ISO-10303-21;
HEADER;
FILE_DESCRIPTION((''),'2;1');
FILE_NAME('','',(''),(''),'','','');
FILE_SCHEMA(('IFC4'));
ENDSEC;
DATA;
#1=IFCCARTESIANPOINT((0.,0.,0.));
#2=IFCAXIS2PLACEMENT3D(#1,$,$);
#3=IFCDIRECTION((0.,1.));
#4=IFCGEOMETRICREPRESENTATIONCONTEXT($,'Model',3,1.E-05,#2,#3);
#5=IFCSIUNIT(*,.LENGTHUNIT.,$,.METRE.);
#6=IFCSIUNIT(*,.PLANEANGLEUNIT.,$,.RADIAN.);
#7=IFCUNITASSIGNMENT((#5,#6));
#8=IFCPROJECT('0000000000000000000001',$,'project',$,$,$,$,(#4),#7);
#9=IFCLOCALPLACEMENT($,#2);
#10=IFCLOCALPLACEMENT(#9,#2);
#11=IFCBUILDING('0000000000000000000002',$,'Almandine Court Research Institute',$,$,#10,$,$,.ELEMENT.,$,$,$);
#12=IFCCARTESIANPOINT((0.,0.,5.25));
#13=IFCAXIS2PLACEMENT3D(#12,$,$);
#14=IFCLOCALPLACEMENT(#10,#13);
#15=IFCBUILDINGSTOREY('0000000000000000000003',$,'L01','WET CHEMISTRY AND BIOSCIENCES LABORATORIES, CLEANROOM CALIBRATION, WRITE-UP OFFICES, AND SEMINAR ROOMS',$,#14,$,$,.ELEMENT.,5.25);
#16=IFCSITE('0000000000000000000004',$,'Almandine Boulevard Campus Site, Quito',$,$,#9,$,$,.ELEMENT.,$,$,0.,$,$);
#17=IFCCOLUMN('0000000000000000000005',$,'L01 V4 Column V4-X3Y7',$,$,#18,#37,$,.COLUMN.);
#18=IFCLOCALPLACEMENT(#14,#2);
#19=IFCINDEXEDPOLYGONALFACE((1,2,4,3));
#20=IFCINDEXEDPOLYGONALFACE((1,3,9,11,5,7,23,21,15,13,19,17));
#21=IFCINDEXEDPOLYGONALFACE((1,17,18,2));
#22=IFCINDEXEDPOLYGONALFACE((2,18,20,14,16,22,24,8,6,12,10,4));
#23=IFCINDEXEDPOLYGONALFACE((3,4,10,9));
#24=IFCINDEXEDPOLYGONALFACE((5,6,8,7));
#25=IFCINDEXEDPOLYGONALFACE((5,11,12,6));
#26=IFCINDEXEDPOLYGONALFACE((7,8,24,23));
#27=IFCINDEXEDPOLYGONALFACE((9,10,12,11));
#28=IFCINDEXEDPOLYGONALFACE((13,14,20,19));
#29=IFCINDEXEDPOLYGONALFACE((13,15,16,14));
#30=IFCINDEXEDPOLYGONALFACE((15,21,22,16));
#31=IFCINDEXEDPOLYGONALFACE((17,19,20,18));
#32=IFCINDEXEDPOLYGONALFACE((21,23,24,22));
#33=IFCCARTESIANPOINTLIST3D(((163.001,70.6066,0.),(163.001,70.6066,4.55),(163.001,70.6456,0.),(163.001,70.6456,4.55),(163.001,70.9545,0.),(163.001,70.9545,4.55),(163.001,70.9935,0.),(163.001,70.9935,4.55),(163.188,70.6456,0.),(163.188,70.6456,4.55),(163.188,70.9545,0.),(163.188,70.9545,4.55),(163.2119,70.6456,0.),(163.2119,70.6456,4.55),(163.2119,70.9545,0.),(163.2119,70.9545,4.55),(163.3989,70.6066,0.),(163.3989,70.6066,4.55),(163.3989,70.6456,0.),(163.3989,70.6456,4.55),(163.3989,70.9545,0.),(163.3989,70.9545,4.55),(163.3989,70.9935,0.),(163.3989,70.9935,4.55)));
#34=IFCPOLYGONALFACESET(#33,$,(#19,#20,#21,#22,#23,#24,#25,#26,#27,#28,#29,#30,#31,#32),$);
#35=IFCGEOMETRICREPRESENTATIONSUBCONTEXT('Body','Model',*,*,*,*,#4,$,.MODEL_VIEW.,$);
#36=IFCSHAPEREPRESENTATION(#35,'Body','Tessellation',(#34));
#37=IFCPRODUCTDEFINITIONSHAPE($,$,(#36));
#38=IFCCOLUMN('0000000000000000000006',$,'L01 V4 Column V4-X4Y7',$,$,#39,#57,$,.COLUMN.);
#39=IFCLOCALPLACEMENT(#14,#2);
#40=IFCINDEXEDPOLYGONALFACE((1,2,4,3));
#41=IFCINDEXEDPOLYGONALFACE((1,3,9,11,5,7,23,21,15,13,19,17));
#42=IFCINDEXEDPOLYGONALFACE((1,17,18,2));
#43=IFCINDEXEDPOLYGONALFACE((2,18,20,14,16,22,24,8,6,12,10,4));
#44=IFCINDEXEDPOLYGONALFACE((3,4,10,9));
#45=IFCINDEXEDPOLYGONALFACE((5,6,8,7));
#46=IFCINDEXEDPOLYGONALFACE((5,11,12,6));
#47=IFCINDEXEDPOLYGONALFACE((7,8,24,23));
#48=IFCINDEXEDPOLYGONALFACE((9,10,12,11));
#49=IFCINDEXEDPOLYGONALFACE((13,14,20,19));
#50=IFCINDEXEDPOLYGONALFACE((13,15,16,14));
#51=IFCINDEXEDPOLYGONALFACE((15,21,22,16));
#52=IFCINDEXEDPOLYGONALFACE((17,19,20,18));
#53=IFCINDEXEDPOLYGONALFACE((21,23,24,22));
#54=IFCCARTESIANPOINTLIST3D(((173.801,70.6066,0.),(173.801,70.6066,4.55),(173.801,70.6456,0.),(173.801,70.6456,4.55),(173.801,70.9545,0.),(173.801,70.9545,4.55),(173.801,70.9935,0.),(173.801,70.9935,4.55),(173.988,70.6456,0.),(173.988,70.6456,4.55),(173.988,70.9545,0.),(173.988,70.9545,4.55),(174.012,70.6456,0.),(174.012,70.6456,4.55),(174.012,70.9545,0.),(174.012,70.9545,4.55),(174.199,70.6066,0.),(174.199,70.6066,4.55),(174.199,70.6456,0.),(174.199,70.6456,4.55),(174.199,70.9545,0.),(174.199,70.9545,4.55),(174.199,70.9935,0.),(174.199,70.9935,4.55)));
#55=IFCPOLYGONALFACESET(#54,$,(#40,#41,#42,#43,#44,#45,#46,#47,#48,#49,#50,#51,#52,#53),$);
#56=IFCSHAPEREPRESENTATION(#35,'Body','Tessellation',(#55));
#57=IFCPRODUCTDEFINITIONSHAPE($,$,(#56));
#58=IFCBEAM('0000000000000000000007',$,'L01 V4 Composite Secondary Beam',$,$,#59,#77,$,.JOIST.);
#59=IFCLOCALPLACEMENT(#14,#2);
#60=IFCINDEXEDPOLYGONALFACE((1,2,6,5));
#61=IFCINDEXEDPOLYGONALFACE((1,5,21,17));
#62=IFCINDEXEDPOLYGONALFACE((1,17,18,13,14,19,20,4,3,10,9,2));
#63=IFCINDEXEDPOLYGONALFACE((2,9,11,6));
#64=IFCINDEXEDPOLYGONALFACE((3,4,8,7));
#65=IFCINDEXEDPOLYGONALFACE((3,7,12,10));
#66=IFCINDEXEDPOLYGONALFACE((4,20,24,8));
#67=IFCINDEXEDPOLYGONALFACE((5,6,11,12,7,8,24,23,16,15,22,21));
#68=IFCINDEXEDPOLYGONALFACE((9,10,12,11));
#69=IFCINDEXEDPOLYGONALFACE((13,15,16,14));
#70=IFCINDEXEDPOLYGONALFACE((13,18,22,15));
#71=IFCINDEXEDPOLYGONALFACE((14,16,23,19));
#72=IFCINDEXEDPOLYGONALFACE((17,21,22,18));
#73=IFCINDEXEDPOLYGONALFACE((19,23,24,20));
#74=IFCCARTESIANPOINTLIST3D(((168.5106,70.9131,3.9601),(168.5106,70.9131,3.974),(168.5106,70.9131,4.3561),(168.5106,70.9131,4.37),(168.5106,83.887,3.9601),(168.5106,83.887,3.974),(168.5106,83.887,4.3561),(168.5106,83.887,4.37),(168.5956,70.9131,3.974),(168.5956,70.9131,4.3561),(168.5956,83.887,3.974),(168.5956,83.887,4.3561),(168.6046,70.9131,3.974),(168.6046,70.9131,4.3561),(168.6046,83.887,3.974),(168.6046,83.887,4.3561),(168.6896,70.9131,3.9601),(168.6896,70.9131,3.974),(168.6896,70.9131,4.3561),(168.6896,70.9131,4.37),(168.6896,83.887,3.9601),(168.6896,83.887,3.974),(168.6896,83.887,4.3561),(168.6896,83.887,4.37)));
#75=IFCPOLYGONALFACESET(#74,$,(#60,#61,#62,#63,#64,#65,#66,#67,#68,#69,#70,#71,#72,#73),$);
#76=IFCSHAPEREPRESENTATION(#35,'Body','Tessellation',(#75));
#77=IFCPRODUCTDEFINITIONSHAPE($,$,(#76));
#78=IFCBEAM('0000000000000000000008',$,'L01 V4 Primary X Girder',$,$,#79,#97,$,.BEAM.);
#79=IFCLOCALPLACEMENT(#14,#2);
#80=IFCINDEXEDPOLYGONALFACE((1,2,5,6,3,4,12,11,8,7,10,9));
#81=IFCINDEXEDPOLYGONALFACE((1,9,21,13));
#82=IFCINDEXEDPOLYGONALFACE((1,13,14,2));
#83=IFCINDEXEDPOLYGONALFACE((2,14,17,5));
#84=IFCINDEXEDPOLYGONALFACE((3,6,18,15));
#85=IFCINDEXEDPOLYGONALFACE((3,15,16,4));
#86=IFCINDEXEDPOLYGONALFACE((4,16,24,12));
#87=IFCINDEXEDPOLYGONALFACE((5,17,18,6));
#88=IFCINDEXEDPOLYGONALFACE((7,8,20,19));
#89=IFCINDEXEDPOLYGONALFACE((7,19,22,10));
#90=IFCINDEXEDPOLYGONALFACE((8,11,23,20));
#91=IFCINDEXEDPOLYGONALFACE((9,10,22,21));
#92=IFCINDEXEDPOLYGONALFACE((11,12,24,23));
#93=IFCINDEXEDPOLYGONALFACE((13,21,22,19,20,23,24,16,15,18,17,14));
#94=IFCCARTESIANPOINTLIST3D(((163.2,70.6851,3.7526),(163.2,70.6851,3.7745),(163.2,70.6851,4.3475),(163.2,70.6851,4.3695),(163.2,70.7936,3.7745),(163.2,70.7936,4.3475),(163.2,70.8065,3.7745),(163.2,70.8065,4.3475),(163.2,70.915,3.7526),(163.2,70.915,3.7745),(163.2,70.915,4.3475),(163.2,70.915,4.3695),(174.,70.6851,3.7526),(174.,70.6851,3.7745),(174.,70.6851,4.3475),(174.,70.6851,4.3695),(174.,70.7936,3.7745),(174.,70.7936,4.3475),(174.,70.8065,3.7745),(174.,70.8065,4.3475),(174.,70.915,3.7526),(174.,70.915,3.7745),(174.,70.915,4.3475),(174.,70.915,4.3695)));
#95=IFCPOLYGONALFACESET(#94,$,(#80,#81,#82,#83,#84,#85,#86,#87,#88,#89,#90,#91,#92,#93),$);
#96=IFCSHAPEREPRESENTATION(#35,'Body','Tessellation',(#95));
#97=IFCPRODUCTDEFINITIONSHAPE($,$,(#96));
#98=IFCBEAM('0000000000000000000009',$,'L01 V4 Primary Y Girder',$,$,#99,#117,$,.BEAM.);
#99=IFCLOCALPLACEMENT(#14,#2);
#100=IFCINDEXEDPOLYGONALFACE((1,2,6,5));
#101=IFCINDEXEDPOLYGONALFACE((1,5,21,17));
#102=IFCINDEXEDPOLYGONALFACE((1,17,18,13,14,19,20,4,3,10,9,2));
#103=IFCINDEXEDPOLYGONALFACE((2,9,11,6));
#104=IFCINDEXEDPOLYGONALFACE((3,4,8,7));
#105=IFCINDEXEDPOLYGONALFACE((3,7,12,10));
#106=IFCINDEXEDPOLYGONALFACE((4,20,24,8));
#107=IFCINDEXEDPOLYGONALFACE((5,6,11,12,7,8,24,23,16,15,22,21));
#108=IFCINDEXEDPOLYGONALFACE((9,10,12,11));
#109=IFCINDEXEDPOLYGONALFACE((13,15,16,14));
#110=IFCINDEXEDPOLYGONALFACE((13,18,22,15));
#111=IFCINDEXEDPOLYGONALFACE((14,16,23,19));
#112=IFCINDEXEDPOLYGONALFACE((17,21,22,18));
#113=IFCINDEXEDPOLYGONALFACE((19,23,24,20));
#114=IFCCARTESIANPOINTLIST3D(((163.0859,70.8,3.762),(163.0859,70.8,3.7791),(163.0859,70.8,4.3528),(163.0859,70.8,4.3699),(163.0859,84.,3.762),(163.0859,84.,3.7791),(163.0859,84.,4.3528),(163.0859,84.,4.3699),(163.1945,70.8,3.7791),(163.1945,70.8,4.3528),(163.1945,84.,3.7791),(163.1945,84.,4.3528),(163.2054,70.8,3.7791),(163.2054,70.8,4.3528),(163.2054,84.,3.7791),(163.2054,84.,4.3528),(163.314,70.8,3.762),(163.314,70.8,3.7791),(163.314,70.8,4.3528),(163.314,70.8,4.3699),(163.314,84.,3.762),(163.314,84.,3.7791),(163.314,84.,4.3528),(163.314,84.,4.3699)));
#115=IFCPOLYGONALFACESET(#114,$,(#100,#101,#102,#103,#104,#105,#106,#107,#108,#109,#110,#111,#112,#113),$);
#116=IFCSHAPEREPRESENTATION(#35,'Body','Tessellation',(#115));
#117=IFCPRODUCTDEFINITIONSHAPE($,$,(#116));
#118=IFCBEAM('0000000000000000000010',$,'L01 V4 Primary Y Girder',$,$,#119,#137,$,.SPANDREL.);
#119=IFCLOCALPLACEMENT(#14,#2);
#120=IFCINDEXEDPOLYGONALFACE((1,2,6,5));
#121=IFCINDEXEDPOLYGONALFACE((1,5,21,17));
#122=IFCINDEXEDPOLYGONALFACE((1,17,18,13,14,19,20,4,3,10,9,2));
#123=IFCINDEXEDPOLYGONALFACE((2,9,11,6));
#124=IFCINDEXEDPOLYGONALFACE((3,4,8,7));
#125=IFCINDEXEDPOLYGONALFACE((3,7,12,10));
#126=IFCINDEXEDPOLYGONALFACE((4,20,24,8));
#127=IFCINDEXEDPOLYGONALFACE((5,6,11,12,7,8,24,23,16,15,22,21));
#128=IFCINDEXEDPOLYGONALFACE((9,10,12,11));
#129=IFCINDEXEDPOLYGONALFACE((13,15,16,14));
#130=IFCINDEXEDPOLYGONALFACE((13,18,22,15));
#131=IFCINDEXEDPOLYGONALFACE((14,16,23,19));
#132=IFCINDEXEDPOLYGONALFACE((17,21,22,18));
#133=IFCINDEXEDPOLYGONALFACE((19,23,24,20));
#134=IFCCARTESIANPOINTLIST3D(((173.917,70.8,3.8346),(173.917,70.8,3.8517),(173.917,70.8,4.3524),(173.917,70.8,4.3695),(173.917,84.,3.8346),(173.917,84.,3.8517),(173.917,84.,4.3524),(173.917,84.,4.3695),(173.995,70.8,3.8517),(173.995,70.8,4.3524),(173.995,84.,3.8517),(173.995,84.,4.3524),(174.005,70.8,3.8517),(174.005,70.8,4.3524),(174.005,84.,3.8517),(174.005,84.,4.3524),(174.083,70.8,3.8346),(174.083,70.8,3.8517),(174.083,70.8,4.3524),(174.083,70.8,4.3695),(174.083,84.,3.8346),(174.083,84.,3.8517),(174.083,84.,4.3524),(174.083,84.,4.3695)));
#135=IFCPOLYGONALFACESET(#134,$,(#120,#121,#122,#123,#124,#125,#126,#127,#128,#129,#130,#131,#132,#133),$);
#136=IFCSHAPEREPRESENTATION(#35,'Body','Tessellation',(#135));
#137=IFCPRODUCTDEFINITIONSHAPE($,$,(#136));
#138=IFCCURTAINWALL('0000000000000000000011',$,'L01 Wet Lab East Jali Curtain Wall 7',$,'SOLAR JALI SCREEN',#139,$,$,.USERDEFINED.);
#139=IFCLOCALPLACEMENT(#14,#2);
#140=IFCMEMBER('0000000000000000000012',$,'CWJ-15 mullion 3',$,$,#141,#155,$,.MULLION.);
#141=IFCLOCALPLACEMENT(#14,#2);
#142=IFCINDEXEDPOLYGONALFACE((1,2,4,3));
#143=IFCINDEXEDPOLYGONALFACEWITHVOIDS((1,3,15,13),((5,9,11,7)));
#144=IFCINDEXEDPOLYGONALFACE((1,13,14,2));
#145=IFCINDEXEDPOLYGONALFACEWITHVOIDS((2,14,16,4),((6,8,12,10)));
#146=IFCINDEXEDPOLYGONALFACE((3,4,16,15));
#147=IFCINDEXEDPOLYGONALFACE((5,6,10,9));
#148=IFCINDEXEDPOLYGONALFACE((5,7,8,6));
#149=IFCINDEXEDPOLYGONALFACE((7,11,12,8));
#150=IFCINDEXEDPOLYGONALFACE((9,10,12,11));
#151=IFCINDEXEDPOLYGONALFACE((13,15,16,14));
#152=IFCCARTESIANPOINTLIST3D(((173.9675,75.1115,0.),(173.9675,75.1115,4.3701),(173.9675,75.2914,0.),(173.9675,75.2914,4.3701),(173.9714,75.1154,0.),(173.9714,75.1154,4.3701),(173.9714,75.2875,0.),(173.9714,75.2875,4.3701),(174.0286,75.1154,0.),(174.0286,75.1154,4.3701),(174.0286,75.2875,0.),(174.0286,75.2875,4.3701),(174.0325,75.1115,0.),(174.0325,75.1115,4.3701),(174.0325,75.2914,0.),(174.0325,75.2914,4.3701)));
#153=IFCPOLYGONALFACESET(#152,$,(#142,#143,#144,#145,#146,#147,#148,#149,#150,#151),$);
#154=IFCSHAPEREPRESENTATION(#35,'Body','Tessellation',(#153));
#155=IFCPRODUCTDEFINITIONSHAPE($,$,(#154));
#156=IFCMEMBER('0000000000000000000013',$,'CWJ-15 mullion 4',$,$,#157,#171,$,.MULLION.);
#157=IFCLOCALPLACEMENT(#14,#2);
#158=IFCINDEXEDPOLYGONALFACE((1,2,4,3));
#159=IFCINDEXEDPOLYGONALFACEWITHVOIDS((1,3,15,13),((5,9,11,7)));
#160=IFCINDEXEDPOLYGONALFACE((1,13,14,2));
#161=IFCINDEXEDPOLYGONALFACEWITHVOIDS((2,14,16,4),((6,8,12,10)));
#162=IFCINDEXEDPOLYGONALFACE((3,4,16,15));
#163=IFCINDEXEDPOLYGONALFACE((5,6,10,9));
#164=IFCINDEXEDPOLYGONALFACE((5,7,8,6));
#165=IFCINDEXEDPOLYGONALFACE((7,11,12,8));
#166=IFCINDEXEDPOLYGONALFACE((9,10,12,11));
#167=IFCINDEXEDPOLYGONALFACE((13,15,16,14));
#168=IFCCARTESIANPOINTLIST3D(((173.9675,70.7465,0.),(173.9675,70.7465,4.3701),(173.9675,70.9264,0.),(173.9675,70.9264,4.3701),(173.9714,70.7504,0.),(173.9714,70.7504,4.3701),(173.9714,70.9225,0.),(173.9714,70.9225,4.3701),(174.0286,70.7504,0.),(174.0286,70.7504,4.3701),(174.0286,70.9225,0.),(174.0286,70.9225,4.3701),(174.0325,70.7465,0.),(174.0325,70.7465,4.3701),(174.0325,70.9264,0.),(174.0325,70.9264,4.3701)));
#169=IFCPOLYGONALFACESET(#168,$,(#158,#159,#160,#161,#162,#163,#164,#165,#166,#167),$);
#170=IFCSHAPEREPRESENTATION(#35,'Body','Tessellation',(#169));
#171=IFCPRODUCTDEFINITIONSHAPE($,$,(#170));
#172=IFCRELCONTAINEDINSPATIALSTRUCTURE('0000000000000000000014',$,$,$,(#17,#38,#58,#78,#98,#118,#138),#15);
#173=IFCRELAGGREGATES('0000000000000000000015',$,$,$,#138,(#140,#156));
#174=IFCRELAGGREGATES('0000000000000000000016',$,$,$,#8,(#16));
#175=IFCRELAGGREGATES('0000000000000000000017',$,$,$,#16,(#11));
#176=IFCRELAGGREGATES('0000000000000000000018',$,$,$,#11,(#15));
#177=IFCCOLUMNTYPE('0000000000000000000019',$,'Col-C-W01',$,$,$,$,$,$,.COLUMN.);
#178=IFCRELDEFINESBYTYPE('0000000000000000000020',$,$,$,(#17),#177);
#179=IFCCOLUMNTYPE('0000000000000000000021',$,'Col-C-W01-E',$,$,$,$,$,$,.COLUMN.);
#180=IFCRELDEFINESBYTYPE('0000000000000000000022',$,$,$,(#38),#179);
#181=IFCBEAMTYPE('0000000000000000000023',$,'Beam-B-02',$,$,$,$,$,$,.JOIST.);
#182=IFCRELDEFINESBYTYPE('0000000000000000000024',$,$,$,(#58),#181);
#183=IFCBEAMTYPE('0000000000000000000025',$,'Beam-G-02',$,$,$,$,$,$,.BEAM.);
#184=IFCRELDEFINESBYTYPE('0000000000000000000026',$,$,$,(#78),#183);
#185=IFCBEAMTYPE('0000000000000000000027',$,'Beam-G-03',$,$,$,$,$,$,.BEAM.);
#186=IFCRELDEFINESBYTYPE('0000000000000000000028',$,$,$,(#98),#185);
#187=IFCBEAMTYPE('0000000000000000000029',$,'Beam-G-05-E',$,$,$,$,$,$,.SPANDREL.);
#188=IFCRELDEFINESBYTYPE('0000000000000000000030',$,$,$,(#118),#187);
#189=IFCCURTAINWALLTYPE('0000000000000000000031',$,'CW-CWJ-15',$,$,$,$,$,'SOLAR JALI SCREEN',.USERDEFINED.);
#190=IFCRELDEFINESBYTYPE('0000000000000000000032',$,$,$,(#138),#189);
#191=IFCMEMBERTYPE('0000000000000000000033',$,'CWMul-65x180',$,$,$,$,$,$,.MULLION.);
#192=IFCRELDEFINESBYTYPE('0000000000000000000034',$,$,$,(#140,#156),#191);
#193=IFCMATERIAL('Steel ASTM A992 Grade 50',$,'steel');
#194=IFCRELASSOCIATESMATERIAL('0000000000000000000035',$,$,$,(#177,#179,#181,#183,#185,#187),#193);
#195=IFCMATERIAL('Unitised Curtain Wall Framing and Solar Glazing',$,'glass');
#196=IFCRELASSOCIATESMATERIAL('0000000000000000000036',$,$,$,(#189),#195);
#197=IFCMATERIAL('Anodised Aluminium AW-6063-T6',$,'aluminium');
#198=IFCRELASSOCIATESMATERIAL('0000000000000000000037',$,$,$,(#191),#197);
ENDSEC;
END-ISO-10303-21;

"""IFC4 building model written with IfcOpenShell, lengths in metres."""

from ifc_helpers import new_model, si_unit, direction, frame, origin, origin_2d, place, context, subcontext, project, spatial, hollow_rectangle, i_section, extrude, material, material_profile, profile_set, type_object, element, aggregate, save


model = new_model("IFC4")

# Units and contexts
model_context = context("Model", 3, precision=1e-05, world=origin(), true_north=direction((0.0, 1.0)))
body_context = subcontext(model_context, "Body", "Model", "MODEL_VIEW")
ifc_project = project(units=[si_unit("LENGTHUNIT", "METRE"), si_unit("PLANEANGLEUNIT", "RADIAN")], contexts=[model_context])

# Site, building, storey
site_placement = place(None, origin())
site = spatial("IfcSite", under=ifc_project, at=site_placement, Name="Almandine Boulevard Campus Site, Quito", CompositionType="ELEMENT", RefElevation=0.0)
building_placement = place(site_placement, origin())
building = spatial("IfcBuilding", under=site, at=building_placement, Name="Almandine Court Research Institute", CompositionType="ELEMENT")
storey_placement = place(building_placement, frame((0.0, 0.0, 5.25)))
storey = spatial("IfcBuildingStorey", under=building, at=storey_placement, Name="L01", Description="WET CHEMISTRY AND BIOSCIENCES LABORATORIES, CLEANROOM CALIBRATION, WRITE-UP OFFICES, AND SEMINAR ROOMS", CompositionType="ELEMENT", Elevation=5.25)

# Columns
ifc_material_1 = material(Name="Steel ASTM A992 Grade 50", Category="steel")
ifc_material_profile_1 = material_profile(ifc_material_1, i_section(OverallWidth=0.3979, OverallDepth=0.387, WebThickness=0.0239, FlangeThickness=0.0391, at=origin_2d()), Name="W360x262")
ifc_profile_set_1 = profile_set([ifc_material_profile_1], Name="Steel ASTM A992 Grade 50")
column_type_1 = type_object("IfcColumnType", Name="Col-C-W01", PredefinedType="COLUMN", material=ifc_profile_set_1)
column_1_placement = place(storey_placement, frame((163.2, 70.8, 0.0), z_axis=(0.0, 0.0, 1.0), x_axis=(1.0, 0.0, 0.0)))
element("IfcColumn", 1, at=column_1_placement, inside=storey, type_object=column_type_1, Name="L01 V4 Column V4-X3Y7", PredefinedType="COLUMN", context=body_context, shape_type="SweptSolid", body=[
    extrude(i_section(OverallWidth=0.3979, OverallDepth=0.387, WebThickness=0.0239, FlangeThickness=0.0391, at=origin_2d()), origin(), (0.0, 0.0, 1.0), 4.55),
])
ifc_material_profile_2 = material_profile(ifc_material_1, i_section(OverallWidth=0.3979, OverallDepth=0.387, WebThickness=0.0239, FlangeThickness=0.0391, at=origin_2d()), Name="W360x262")
ifc_profile_set_2 = profile_set([ifc_material_profile_2], Name="Steel ASTM A992 Grade 50")
column_type_2 = type_object("IfcColumnType", Name="Col-C-W01-E", PredefinedType="COLUMN", material=ifc_profile_set_2)
column_2_placement = place(storey_placement, frame((174.0, 70.8, 0.0), z_axis=(0.0, 0.0, 1.0), x_axis=(1.0, 0.0, 0.0)))
element("IfcColumn", 2, at=column_2_placement, inside=storey, type_object=column_type_2, Name="L01 V4 Column V4-X4Y7", PredefinedType="COLUMN", context=body_context, shape_type="SweptSolid", body=[
    extrude(i_section(OverallWidth=0.3979, OverallDepth=0.387, WebThickness=0.0239, FlangeThickness=0.0391, at=origin_2d()), origin(), (0.0, 0.0, 1.0), 4.55),
])

# Beams
ifc_material_profile_3 = material_profile(ifc_material_1, i_section(OverallWidth=0.179, OverallDepth=0.4099, WebThickness=0.009, FlangeThickness=0.0139, at=origin_2d()), Name="W410x67")
ifc_profile_set_3 = profile_set([ifc_material_profile_3], Name="Steel ASTM A992 Grade 50")
beam_type_1 = type_object("IfcBeamType", Name="Beam-B-02", PredefinedType="JOIST", material=ifc_profile_set_3)
beam_1_placement = place(storey_placement, frame((168.6001, 70.9131, 4.165), z_axis=(0.0, 1.0, 0.0), x_axis=(-1.0, 0.0, 0.0)))
element("IfcBeam", 3, at=beam_1_placement, inside=storey, type_object=beam_type_1, Name="L01 V4 Composite Secondary Beam", PredefinedType="JOIST", context=body_context, shape_type="SweptSolid", body=[
    extrude(i_section(OverallWidth=0.179, OverallDepth=0.4099, WebThickness=0.009, FlangeThickness=0.0139, at=origin_2d()), origin(), (0.0, 0.0, 1.0), 12.9739),
])
ifc_material_profile_4 = material_profile(ifc_material_1, i_section(OverallWidth=0.23, OverallDepth=0.6169, WebThickness=0.0129, FlangeThickness=0.022, at=origin_2d()), Name="W610x140")
ifc_profile_set_4 = profile_set([ifc_material_profile_4], Name="Steel ASTM A992 Grade 50")
beam_type_2 = type_object("IfcBeamType", Name="Beam-G-02", PredefinedType="BEAM", material=ifc_profile_set_4)
beam_2_placement = place(storey_placement, frame((163.2, 70.8, 4.061), z_axis=(1.0, 0.0, 0.0), x_axis=(0.0, 1.0, 0.0)))
element("IfcBeam", 4, at=beam_2_placement, inside=storey, type_object=beam_type_2, Name="L01 V4 Primary X Girder", PredefinedType="BEAM", context=body_context, shape_type="SweptSolid", body=[
    extrude(i_section(OverallWidth=0.23, OverallDepth=0.6169, WebThickness=0.0129, FlangeThickness=0.022, at=origin_2d()), origin(), (0.0, 0.0, 1.0), 10.8),
])
ifc_material_profile_5 = material_profile(ifc_material_1, i_section(OverallWidth=0.228, OverallDepth=0.6079, WebThickness=0.011, FlangeThickness=0.0171, at=origin_2d()), Name="W610x113")
ifc_profile_set_5 = profile_set([ifc_material_profile_5], Name="Steel ASTM A992 Grade 50")
beam_type_3 = type_object("IfcBeamType", Name="Beam-G-03", PredefinedType="BEAM", material=ifc_profile_set_5)
beam_3_placement = place(storey_placement, frame((163.2, 70.8, 4.0659), z_axis=(0.0, 1.0, 0.0), x_axis=(-1.0, 0.0, 0.0)))
element("IfcBeam", 5, at=beam_3_placement, inside=storey, type_object=beam_type_3, Name="L01 V4 Primary Y Girder", PredefinedType="BEAM", context=body_context, shape_type="SweptSolid", body=[
    extrude(i_section(OverallWidth=0.228, OverallDepth=0.6079, WebThickness=0.011, FlangeThickness=0.0171, at=origin_2d()), origin(), (0.0, 0.0, 1.0), 13.2),
])
ifc_material_profile_6 = material_profile(ifc_material_1, i_section(OverallWidth=0.166, OverallDepth=0.5349, WebThickness=0.01, FlangeThickness=0.0171, at=origin_2d()), Name="W530x85")
ifc_profile_set_6 = profile_set([ifc_material_profile_6], Name="Steel ASTM A992 Grade 50")
beam_type_4 = type_object("IfcBeamType", Name="Beam-G-05-E", PredefinedType="SPANDREL", material=ifc_profile_set_6)
beam_4_placement = place(storey_placement, frame((174.0, 70.8, 4.1021), z_axis=(0.0, 1.0, 0.0), x_axis=(-1.0, 0.0, 0.0)))
element("IfcBeam", 6, at=beam_4_placement, inside=storey, type_object=beam_type_4, Name="L01 V4 Primary Y Girder", PredefinedType="SPANDREL", context=body_context, shape_type="SweptSolid", body=[
    extrude(i_section(OverallWidth=0.166, OverallDepth=0.5349, WebThickness=0.01, FlangeThickness=0.0171, at=origin_2d()), origin(), (0.0, 0.0, 1.0), 13.2),
])

# Curtain wall, members
ifc_material_2 = material(Name="Unitised Curtain Wall Framing and Solar Glazing", Category="glass")
curtain_wall_type = type_object("IfcCurtainWallType", Name="CW-CWJ-15", ElementType="SOLAR JALI SCREEN", PredefinedType="USERDEFINED", material=ifc_material_2)
curtain_wall_placement = place(storey_placement, origin())
curtain_wall = element("IfcCurtainWall", 7, at=curtain_wall_placement, inside=storey, type_object=curtain_wall_type, Name="L01 Wet Lab East Jali Curtain Wall 7", ObjectType="SOLAR JALI SCREEN", PredefinedType="USERDEFINED")
ifc_material_3 = material(Name="Anodised Aluminium AW-6063-T6", Category="aluminium")
ifc_material_profile_7 = material_profile(ifc_material_3, hollow_rectangle(XDim=0.0649, YDim=0.1799, WallThickness=0.0039, at=origin_2d()), Name="ALU RHS 65x180x4")
ifc_profile_set_7 = profile_set([ifc_material_profile_7], Name="Anodised Aluminium AW-6063-T6")
member_type_1 = type_object("IfcMemberType", Name="CWMul-65x180", PredefinedType="MULLION", material=ifc_profile_set_7)
member_1_placement = place(storey_placement, frame((174.0, 75.2014, 0.0), z_axis=(0.0, 0.0, 1.0), x_axis=(1.0, 0.0, 0.0)))
member_1 = element("IfcMember", 8, at=member_1_placement, type_object=member_type_1, Name="CWJ-15 mullion 3", PredefinedType="MULLION", context=body_context, shape_type="SweptSolid", body=[
    extrude(hollow_rectangle(XDim=0.0649, YDim=0.1799, WallThickness=0.0039, at=origin_2d()), origin(), (0.0, 0.0, 1.0), 4.3701),
])
member_2_placement = place(storey_placement, frame((174.0, 70.8364, 0.0), z_axis=(0.0, 0.0, 1.0), x_axis=(1.0, 0.0, 0.0)))
member_2 = element("IfcMember", 9, at=member_2_placement, type_object=member_type_1, Name="CWJ-15 mullion 4", PredefinedType="MULLION", context=body_context, shape_type="SweptSolid", body=[
    extrude(hollow_rectangle(XDim=0.0649, YDim=0.1799, WallThickness=0.0039, at=origin_2d()), origin(), (0.0, 0.0, 1.0), 4.3701),
])
aggregate(curtain_wall, [member_1, member_2])

save(model, "model.ifc")
